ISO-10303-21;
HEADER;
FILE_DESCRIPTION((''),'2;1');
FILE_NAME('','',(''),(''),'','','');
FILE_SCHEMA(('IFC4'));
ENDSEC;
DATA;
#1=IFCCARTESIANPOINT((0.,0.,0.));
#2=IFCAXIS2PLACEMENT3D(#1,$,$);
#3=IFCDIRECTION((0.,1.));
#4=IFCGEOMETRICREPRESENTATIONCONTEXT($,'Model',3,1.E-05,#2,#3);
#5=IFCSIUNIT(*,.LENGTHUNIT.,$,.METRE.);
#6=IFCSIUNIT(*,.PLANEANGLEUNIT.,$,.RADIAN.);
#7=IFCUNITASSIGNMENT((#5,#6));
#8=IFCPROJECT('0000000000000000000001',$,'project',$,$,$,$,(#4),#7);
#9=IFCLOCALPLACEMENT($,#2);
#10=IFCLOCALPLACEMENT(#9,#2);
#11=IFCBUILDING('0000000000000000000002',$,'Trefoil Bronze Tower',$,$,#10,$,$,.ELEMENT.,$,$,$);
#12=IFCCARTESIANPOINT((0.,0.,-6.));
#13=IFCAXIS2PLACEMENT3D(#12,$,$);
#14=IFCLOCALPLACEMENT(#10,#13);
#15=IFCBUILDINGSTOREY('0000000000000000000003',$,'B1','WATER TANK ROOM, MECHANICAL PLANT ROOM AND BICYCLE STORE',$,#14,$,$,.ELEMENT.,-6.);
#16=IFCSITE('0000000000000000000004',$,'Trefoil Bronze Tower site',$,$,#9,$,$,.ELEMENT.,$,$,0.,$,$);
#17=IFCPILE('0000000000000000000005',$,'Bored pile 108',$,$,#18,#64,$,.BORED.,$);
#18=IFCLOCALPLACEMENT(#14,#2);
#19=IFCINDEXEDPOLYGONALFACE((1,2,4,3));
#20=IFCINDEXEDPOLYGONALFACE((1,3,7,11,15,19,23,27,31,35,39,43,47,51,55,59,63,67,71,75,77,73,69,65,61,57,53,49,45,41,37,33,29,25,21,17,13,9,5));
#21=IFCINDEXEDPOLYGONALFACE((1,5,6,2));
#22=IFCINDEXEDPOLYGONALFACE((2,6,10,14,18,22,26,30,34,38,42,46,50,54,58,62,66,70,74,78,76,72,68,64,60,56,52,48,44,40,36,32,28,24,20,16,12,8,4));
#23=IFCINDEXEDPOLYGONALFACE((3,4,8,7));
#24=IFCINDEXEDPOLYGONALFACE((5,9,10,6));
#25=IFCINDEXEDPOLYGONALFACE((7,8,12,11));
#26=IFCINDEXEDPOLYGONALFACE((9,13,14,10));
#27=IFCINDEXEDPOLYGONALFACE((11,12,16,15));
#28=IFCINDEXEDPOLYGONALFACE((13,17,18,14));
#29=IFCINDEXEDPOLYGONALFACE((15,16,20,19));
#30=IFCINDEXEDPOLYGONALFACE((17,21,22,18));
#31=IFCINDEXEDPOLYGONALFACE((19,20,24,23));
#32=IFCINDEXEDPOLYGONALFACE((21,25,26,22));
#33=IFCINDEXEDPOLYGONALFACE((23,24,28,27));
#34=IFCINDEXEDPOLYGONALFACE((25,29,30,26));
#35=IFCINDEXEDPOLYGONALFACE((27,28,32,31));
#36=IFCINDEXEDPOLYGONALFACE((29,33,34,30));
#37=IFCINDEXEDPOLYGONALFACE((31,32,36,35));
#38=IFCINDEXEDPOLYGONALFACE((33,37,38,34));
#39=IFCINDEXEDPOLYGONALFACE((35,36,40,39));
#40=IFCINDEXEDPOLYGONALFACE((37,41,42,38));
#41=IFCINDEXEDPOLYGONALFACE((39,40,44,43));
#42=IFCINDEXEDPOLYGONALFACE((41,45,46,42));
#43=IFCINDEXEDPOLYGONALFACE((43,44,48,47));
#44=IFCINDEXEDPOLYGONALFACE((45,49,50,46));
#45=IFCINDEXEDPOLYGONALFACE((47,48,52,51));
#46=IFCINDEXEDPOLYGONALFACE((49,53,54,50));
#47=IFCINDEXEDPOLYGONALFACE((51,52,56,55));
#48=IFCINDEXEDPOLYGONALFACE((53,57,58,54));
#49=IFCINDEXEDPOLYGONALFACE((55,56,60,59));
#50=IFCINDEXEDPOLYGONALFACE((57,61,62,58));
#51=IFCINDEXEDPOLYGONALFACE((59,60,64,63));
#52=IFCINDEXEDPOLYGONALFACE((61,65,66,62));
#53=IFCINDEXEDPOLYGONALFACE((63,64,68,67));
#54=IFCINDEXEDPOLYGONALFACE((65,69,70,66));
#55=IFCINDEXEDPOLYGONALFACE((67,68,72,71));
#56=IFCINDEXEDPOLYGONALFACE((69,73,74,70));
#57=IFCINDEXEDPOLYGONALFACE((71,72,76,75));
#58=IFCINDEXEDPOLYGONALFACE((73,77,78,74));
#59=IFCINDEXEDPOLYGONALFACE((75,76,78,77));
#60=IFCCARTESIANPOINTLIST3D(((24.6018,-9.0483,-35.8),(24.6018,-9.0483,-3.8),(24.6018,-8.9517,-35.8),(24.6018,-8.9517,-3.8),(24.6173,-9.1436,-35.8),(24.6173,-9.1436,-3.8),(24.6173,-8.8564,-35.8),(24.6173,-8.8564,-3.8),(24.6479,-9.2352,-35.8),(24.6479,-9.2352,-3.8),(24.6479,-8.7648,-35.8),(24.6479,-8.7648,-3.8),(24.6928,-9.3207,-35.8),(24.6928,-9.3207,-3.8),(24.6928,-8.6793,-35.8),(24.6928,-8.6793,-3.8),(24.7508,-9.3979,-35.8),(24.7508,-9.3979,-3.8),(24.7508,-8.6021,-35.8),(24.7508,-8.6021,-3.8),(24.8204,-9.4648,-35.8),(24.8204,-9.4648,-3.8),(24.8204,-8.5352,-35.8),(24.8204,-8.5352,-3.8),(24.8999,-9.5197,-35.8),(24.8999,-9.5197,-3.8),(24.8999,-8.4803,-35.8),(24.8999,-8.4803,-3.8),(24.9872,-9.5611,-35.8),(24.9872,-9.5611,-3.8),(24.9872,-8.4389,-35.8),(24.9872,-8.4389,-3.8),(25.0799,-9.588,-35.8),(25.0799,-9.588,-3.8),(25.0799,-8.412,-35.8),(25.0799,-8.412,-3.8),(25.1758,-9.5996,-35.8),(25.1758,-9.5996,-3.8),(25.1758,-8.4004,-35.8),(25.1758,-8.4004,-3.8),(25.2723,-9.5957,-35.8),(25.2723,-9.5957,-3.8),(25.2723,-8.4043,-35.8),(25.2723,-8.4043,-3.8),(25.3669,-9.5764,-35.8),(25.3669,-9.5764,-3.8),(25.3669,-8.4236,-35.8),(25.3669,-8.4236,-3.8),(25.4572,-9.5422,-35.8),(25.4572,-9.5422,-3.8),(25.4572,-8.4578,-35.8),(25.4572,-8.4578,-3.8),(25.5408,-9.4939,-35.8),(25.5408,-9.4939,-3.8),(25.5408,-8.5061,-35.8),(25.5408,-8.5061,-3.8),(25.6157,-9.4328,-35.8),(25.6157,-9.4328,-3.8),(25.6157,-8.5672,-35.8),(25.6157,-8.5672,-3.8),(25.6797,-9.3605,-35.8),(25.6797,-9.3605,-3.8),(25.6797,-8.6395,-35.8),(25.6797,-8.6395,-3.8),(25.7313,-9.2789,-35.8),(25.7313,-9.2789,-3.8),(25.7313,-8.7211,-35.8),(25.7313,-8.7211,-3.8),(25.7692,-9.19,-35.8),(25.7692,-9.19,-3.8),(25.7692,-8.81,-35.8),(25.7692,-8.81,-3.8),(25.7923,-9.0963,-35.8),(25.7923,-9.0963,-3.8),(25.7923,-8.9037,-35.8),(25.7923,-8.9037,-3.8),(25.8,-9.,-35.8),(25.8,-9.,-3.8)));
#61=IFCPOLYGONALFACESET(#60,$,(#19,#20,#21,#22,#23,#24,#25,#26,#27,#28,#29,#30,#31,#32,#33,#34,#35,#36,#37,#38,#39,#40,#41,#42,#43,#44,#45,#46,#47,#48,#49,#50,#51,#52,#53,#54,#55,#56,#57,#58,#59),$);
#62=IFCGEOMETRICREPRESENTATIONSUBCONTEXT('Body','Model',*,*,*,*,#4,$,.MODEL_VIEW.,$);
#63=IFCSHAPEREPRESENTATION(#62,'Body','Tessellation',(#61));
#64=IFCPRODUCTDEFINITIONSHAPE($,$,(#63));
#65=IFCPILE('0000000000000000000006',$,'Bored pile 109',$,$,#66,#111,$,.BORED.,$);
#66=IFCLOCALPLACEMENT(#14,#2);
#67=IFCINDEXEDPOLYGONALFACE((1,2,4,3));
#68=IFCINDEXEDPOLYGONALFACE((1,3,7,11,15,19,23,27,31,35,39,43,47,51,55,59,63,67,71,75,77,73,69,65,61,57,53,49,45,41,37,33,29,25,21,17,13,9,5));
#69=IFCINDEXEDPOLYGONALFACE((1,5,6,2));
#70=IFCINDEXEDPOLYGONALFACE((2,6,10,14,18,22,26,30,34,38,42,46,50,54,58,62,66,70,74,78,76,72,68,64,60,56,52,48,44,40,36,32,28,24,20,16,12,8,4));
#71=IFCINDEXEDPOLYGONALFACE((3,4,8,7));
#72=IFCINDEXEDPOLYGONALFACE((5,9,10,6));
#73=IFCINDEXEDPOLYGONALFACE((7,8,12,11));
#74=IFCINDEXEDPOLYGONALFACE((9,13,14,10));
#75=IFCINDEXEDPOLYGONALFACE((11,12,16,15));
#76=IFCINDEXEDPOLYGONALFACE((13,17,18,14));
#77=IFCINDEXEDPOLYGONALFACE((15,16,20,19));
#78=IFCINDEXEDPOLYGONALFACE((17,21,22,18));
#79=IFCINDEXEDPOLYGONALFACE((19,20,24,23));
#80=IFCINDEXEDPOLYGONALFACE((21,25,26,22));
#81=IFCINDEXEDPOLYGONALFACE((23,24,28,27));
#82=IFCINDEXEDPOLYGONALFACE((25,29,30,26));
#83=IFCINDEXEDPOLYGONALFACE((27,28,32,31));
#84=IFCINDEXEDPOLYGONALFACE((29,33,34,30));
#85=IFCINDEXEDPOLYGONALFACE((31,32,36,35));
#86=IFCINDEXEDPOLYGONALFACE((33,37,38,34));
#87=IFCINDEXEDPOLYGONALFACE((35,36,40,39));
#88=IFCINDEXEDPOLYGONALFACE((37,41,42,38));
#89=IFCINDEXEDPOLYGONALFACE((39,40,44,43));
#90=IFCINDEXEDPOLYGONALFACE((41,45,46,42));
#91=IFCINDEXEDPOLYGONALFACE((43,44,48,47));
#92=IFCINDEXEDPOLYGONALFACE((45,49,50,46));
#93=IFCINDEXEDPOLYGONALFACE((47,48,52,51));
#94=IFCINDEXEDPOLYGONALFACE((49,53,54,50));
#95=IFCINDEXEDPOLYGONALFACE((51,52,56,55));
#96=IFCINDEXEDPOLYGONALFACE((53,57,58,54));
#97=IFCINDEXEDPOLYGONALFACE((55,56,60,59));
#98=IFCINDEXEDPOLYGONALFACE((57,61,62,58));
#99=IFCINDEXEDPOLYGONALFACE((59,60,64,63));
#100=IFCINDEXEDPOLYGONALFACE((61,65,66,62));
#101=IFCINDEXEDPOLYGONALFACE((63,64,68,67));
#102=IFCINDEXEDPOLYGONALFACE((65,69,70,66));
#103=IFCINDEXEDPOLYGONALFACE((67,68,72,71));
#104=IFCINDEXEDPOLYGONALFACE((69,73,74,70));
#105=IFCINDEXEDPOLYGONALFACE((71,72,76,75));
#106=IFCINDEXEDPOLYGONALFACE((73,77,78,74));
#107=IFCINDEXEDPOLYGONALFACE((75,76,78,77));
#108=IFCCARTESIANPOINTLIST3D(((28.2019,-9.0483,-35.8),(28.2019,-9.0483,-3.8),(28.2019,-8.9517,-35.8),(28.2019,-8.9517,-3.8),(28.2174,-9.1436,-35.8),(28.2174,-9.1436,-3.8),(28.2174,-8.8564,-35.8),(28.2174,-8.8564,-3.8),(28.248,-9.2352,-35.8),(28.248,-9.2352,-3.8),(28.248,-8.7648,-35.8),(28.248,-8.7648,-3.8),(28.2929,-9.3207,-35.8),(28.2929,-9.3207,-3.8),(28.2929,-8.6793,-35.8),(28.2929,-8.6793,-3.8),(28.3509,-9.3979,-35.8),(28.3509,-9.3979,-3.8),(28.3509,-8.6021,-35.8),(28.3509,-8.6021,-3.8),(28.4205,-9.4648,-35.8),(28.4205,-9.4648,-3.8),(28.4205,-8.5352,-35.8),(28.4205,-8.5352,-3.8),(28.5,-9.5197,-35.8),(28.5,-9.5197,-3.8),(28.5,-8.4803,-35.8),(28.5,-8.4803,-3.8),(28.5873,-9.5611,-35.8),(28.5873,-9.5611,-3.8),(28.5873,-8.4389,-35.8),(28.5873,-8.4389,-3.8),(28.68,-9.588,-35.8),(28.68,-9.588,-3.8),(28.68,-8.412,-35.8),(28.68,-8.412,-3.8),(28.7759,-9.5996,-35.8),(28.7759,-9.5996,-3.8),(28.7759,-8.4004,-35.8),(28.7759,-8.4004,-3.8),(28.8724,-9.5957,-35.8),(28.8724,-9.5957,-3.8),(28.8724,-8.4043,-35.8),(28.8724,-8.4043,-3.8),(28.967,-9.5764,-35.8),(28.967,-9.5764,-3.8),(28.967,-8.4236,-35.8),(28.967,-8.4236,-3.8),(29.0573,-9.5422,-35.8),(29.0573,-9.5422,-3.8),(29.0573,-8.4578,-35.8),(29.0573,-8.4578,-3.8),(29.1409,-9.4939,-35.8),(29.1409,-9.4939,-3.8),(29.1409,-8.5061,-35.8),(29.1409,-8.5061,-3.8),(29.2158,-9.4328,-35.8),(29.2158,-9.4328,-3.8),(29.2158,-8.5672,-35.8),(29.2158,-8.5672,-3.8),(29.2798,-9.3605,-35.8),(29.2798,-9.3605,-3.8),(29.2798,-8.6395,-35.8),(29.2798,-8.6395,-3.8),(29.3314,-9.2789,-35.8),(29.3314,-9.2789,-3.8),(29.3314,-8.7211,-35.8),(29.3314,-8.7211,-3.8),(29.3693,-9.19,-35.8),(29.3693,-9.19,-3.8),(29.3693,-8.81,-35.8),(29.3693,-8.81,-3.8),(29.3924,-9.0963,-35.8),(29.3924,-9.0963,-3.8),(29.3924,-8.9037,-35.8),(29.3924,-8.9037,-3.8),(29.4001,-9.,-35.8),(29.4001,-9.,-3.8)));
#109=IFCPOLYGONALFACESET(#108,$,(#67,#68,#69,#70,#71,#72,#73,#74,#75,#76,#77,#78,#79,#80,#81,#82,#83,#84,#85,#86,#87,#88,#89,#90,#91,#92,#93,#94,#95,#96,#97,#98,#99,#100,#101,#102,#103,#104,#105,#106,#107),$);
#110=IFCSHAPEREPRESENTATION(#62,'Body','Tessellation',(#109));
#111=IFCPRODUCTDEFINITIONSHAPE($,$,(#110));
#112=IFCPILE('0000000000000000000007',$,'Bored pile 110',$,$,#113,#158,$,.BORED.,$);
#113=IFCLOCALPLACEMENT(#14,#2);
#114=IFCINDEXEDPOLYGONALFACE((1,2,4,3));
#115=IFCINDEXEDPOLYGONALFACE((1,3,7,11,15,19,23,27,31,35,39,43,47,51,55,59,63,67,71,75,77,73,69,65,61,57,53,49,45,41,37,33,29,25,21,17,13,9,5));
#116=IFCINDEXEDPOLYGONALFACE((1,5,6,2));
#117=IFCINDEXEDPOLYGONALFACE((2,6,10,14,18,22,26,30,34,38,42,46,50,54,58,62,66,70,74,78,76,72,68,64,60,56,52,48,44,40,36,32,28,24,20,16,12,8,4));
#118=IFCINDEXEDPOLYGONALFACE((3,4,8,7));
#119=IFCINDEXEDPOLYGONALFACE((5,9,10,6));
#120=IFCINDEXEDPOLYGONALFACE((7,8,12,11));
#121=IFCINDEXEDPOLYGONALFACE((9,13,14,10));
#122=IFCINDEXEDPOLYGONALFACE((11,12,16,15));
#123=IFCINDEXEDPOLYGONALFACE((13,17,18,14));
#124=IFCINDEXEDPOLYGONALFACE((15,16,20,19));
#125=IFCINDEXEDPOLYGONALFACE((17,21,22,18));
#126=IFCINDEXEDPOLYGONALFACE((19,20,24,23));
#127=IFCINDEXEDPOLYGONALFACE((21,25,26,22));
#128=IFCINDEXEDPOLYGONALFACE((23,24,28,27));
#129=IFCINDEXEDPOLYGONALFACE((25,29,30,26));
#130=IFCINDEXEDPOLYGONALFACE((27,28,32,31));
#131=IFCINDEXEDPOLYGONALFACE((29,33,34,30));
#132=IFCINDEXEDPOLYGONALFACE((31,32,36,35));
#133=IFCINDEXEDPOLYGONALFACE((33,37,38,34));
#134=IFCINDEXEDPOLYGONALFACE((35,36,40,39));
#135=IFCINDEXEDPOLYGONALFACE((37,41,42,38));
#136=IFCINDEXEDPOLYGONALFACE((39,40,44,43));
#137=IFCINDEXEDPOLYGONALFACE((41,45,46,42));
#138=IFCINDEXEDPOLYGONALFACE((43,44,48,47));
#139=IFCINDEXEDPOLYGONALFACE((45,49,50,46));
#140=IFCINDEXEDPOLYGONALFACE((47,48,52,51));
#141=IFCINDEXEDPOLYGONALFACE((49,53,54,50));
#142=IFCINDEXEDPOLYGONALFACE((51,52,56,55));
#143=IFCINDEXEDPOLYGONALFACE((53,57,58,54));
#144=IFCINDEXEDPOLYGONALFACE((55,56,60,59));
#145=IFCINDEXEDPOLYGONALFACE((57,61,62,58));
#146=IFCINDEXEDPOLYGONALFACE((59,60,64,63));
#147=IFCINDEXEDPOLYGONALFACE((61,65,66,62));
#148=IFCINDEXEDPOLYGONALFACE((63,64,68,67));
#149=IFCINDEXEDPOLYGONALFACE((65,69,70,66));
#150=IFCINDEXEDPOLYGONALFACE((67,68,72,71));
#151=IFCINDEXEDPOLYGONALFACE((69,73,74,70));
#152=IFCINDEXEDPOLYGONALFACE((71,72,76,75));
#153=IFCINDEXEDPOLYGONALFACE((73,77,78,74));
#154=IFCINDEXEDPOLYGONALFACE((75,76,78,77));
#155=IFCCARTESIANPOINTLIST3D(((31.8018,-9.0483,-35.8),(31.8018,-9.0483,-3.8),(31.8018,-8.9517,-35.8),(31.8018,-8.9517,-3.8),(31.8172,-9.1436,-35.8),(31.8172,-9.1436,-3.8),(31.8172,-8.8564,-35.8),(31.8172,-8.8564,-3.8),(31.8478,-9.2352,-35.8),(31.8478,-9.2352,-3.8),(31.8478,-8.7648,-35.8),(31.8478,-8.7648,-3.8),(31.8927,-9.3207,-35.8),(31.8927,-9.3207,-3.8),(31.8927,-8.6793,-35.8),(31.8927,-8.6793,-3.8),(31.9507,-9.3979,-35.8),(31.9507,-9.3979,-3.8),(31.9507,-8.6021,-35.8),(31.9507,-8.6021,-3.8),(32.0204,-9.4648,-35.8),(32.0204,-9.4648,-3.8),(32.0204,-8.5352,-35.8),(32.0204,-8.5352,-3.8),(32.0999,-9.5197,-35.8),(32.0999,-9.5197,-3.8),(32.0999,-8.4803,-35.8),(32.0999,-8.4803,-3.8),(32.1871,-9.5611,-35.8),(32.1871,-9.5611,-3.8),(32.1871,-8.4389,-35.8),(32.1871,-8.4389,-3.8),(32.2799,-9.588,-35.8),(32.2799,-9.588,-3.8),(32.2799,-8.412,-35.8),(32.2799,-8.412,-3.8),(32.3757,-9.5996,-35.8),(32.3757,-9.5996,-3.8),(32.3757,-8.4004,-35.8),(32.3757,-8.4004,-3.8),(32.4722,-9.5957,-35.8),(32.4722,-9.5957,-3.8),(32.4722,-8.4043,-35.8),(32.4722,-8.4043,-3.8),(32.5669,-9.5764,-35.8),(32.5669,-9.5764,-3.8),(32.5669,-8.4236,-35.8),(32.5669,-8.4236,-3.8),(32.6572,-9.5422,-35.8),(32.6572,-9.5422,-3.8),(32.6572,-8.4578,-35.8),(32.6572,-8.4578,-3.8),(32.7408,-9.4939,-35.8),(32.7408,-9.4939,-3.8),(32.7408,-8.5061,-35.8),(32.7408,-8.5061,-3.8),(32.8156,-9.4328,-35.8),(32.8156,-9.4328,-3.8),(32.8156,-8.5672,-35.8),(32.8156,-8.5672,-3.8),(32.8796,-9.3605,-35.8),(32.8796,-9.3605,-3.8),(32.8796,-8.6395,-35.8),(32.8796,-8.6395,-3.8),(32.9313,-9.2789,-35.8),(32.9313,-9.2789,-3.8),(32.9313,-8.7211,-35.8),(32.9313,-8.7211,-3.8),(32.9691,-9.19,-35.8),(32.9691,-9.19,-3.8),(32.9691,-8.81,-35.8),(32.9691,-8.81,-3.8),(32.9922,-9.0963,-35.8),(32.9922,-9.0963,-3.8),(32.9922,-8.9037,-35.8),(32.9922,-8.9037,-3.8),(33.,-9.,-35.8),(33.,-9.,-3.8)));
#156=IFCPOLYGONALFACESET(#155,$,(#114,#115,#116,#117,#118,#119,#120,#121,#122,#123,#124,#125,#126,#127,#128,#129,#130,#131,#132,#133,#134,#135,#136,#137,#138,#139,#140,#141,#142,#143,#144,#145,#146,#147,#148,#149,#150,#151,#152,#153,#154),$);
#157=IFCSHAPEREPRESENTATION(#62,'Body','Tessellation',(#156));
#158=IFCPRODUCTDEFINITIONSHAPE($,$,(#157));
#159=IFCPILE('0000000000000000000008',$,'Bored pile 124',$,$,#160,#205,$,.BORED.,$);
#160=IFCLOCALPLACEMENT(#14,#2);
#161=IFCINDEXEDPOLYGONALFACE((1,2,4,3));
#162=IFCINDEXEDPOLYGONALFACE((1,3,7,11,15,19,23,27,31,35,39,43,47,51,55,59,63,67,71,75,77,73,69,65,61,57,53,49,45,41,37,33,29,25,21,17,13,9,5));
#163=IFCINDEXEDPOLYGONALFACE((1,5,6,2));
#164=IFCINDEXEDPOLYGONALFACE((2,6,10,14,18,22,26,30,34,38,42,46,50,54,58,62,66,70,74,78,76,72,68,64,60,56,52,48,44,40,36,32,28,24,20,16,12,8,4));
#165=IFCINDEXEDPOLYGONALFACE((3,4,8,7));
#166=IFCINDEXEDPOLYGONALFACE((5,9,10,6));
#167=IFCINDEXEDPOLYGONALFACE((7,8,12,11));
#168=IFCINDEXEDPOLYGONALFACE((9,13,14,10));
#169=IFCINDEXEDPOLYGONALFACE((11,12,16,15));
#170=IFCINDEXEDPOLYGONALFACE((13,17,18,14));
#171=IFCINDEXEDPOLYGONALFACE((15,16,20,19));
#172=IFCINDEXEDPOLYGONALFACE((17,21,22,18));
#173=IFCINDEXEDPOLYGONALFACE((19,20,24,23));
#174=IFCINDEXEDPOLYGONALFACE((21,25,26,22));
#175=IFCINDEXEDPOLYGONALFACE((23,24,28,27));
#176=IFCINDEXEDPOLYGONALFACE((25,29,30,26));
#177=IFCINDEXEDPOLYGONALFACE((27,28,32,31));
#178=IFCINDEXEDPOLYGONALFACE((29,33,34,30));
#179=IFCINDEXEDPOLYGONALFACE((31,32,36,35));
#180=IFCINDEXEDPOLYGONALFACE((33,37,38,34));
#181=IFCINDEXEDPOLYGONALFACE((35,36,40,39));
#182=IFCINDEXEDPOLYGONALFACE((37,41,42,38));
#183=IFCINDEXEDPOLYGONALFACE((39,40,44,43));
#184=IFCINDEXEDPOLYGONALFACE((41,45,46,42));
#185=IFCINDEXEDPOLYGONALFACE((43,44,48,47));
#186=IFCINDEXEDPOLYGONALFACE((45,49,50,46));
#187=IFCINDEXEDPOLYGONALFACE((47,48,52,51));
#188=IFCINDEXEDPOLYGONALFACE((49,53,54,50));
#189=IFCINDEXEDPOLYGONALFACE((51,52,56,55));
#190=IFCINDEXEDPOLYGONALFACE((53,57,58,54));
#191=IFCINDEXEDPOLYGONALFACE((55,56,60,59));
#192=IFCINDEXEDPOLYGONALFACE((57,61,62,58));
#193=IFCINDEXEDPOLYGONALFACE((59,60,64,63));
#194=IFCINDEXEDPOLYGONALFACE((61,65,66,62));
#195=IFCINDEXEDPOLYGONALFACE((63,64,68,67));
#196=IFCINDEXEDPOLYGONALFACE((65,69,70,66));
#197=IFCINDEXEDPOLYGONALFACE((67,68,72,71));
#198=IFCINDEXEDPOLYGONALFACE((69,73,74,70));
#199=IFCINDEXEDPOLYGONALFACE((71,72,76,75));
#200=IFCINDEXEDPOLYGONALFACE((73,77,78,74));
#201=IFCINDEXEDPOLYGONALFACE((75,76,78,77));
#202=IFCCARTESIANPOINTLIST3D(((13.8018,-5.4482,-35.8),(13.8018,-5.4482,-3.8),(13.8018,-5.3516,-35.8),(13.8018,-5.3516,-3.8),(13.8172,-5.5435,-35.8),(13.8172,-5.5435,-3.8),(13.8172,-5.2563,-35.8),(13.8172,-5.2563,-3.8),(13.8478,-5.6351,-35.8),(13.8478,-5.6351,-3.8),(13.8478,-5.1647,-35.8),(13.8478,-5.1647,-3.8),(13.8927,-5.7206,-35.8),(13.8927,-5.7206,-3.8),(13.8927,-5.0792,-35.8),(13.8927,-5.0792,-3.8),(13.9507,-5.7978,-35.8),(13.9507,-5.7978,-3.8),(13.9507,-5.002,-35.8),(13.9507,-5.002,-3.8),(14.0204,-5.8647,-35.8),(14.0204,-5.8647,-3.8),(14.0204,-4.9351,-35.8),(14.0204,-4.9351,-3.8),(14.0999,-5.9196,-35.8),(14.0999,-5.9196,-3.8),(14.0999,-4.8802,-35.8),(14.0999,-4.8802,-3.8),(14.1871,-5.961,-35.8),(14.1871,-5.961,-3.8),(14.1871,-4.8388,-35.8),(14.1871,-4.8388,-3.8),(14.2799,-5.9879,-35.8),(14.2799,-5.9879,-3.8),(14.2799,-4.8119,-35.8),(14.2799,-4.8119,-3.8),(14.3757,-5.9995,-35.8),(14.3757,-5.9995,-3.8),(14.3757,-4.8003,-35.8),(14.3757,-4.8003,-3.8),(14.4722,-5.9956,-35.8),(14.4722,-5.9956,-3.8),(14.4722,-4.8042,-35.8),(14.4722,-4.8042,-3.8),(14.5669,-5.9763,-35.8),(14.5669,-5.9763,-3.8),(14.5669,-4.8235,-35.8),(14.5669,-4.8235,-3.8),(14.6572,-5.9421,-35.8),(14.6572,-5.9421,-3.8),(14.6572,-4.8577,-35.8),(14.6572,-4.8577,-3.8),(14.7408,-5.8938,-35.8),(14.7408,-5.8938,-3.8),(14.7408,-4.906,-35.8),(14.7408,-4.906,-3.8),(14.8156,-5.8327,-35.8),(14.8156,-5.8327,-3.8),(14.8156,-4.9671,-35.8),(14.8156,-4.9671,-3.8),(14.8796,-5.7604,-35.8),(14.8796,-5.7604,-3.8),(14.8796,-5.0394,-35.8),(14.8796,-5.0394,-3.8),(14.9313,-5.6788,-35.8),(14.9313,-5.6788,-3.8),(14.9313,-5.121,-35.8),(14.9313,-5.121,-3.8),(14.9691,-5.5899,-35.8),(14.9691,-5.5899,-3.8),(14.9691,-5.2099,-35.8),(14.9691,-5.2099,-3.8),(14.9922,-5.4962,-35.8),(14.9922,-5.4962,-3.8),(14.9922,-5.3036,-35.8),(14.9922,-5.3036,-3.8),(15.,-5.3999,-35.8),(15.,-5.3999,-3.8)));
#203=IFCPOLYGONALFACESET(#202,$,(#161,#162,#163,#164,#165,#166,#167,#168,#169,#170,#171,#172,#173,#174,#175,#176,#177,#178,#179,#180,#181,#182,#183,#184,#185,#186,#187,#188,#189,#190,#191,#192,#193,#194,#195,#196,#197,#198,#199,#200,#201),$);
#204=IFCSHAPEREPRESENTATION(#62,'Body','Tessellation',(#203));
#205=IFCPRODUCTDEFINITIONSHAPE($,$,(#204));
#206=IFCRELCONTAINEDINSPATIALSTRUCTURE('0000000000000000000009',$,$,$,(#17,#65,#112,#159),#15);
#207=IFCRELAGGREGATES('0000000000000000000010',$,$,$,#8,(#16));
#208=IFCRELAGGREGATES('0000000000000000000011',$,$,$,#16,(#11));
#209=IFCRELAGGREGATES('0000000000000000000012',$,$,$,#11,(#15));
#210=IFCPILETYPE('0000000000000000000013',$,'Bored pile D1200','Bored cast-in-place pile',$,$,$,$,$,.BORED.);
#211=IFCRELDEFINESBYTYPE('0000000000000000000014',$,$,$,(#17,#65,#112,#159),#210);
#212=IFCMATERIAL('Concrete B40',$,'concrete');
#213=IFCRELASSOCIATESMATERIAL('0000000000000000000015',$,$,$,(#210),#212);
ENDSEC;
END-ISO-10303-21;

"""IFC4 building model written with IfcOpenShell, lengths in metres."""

from ifc_helpers import new_model, si_unit, direction, frame, origin, origin_2d, place, context, subcontext, project, spatial, circle, extrude, material, type_object, element, save


model = new_model("IFC4")

# Units and contexts
model_context = context("Model", 3, precision=1e-05, world=origin(), true_north=direction((0.0, 1.0)))
body_context = subcontext(model_context, "Body", "Model", "MODEL_VIEW")
ifc_project = project(units=[si_unit("LENGTHUNIT", "METRE"), si_unit("PLANEANGLEUNIT", "RADIAN")], contexts=[model_context])

# Site, building, storey
site_placement = place(None, origin())
site = spatial("IfcSite", under=ifc_project, at=site_placement, Name="Trefoil Bronze Tower site", CompositionType="ELEMENT", RefElevation=0.0)
building_placement = place(site_placement, origin())
building = spatial("IfcBuilding", under=site, at=building_placement, Name="Trefoil Bronze Tower", CompositionType="ELEMENT")
storey_placement = place(building_placement, frame((0.0, 0.0, -6.0)))
storey = spatial("IfcBuildingStorey", under=building, at=storey_placement, Name="B1", Description="WATER TANK ROOM, MECHANICAL PLANT ROOM AND BICYCLE STORE", CompositionType="ELEMENT", Elevation=-6.0)

# Piles
ifc_material_1 = material(Name="Concrete B40", Category="concrete")
pile_type = type_object("IfcPileType", Name="Bored pile D1200", Description="Bored cast-in-place pile", PredefinedType="BORED", material=ifc_material_1)
for number, where, z_axis, x_axis, name in (
    (1, (25.2, -9.0, -3.8), (0.0, 0.0, -1.0), (1.0, 0.0, 0.0), "Bored pile 108"),
    (2, (28.8, -9.0, -3.8), (0.0, 0.0, -1.0), (1.0, 0.0, 0.0), "Bored pile 109"),
    (3, (32.3999, -9.0, -3.8), (0.0, 0.0, -1.0), (1.0, 0.0, 0.0), "Bored pile 110"),
    (4, (14.3999, -5.3999, -3.8), (0.0, 0.0, -1.0), (1.0, 0.0, 0.0), "Bored pile 124"),
):
    element("IfcPile", number, at=place(storey_placement, frame(where, z_axis=z_axis, x_axis=x_axis)), inside=storey, type_object=pile_type, Name=name, PredefinedType="BORED", context=body_context, shape_type="SweptSolid", body=[
        extrude(circle(Radius=0.6001, at=origin_2d()), origin(), (0.0, 0.0, 1.0), 32.0),
    ])

save(model, "model.ifc")
